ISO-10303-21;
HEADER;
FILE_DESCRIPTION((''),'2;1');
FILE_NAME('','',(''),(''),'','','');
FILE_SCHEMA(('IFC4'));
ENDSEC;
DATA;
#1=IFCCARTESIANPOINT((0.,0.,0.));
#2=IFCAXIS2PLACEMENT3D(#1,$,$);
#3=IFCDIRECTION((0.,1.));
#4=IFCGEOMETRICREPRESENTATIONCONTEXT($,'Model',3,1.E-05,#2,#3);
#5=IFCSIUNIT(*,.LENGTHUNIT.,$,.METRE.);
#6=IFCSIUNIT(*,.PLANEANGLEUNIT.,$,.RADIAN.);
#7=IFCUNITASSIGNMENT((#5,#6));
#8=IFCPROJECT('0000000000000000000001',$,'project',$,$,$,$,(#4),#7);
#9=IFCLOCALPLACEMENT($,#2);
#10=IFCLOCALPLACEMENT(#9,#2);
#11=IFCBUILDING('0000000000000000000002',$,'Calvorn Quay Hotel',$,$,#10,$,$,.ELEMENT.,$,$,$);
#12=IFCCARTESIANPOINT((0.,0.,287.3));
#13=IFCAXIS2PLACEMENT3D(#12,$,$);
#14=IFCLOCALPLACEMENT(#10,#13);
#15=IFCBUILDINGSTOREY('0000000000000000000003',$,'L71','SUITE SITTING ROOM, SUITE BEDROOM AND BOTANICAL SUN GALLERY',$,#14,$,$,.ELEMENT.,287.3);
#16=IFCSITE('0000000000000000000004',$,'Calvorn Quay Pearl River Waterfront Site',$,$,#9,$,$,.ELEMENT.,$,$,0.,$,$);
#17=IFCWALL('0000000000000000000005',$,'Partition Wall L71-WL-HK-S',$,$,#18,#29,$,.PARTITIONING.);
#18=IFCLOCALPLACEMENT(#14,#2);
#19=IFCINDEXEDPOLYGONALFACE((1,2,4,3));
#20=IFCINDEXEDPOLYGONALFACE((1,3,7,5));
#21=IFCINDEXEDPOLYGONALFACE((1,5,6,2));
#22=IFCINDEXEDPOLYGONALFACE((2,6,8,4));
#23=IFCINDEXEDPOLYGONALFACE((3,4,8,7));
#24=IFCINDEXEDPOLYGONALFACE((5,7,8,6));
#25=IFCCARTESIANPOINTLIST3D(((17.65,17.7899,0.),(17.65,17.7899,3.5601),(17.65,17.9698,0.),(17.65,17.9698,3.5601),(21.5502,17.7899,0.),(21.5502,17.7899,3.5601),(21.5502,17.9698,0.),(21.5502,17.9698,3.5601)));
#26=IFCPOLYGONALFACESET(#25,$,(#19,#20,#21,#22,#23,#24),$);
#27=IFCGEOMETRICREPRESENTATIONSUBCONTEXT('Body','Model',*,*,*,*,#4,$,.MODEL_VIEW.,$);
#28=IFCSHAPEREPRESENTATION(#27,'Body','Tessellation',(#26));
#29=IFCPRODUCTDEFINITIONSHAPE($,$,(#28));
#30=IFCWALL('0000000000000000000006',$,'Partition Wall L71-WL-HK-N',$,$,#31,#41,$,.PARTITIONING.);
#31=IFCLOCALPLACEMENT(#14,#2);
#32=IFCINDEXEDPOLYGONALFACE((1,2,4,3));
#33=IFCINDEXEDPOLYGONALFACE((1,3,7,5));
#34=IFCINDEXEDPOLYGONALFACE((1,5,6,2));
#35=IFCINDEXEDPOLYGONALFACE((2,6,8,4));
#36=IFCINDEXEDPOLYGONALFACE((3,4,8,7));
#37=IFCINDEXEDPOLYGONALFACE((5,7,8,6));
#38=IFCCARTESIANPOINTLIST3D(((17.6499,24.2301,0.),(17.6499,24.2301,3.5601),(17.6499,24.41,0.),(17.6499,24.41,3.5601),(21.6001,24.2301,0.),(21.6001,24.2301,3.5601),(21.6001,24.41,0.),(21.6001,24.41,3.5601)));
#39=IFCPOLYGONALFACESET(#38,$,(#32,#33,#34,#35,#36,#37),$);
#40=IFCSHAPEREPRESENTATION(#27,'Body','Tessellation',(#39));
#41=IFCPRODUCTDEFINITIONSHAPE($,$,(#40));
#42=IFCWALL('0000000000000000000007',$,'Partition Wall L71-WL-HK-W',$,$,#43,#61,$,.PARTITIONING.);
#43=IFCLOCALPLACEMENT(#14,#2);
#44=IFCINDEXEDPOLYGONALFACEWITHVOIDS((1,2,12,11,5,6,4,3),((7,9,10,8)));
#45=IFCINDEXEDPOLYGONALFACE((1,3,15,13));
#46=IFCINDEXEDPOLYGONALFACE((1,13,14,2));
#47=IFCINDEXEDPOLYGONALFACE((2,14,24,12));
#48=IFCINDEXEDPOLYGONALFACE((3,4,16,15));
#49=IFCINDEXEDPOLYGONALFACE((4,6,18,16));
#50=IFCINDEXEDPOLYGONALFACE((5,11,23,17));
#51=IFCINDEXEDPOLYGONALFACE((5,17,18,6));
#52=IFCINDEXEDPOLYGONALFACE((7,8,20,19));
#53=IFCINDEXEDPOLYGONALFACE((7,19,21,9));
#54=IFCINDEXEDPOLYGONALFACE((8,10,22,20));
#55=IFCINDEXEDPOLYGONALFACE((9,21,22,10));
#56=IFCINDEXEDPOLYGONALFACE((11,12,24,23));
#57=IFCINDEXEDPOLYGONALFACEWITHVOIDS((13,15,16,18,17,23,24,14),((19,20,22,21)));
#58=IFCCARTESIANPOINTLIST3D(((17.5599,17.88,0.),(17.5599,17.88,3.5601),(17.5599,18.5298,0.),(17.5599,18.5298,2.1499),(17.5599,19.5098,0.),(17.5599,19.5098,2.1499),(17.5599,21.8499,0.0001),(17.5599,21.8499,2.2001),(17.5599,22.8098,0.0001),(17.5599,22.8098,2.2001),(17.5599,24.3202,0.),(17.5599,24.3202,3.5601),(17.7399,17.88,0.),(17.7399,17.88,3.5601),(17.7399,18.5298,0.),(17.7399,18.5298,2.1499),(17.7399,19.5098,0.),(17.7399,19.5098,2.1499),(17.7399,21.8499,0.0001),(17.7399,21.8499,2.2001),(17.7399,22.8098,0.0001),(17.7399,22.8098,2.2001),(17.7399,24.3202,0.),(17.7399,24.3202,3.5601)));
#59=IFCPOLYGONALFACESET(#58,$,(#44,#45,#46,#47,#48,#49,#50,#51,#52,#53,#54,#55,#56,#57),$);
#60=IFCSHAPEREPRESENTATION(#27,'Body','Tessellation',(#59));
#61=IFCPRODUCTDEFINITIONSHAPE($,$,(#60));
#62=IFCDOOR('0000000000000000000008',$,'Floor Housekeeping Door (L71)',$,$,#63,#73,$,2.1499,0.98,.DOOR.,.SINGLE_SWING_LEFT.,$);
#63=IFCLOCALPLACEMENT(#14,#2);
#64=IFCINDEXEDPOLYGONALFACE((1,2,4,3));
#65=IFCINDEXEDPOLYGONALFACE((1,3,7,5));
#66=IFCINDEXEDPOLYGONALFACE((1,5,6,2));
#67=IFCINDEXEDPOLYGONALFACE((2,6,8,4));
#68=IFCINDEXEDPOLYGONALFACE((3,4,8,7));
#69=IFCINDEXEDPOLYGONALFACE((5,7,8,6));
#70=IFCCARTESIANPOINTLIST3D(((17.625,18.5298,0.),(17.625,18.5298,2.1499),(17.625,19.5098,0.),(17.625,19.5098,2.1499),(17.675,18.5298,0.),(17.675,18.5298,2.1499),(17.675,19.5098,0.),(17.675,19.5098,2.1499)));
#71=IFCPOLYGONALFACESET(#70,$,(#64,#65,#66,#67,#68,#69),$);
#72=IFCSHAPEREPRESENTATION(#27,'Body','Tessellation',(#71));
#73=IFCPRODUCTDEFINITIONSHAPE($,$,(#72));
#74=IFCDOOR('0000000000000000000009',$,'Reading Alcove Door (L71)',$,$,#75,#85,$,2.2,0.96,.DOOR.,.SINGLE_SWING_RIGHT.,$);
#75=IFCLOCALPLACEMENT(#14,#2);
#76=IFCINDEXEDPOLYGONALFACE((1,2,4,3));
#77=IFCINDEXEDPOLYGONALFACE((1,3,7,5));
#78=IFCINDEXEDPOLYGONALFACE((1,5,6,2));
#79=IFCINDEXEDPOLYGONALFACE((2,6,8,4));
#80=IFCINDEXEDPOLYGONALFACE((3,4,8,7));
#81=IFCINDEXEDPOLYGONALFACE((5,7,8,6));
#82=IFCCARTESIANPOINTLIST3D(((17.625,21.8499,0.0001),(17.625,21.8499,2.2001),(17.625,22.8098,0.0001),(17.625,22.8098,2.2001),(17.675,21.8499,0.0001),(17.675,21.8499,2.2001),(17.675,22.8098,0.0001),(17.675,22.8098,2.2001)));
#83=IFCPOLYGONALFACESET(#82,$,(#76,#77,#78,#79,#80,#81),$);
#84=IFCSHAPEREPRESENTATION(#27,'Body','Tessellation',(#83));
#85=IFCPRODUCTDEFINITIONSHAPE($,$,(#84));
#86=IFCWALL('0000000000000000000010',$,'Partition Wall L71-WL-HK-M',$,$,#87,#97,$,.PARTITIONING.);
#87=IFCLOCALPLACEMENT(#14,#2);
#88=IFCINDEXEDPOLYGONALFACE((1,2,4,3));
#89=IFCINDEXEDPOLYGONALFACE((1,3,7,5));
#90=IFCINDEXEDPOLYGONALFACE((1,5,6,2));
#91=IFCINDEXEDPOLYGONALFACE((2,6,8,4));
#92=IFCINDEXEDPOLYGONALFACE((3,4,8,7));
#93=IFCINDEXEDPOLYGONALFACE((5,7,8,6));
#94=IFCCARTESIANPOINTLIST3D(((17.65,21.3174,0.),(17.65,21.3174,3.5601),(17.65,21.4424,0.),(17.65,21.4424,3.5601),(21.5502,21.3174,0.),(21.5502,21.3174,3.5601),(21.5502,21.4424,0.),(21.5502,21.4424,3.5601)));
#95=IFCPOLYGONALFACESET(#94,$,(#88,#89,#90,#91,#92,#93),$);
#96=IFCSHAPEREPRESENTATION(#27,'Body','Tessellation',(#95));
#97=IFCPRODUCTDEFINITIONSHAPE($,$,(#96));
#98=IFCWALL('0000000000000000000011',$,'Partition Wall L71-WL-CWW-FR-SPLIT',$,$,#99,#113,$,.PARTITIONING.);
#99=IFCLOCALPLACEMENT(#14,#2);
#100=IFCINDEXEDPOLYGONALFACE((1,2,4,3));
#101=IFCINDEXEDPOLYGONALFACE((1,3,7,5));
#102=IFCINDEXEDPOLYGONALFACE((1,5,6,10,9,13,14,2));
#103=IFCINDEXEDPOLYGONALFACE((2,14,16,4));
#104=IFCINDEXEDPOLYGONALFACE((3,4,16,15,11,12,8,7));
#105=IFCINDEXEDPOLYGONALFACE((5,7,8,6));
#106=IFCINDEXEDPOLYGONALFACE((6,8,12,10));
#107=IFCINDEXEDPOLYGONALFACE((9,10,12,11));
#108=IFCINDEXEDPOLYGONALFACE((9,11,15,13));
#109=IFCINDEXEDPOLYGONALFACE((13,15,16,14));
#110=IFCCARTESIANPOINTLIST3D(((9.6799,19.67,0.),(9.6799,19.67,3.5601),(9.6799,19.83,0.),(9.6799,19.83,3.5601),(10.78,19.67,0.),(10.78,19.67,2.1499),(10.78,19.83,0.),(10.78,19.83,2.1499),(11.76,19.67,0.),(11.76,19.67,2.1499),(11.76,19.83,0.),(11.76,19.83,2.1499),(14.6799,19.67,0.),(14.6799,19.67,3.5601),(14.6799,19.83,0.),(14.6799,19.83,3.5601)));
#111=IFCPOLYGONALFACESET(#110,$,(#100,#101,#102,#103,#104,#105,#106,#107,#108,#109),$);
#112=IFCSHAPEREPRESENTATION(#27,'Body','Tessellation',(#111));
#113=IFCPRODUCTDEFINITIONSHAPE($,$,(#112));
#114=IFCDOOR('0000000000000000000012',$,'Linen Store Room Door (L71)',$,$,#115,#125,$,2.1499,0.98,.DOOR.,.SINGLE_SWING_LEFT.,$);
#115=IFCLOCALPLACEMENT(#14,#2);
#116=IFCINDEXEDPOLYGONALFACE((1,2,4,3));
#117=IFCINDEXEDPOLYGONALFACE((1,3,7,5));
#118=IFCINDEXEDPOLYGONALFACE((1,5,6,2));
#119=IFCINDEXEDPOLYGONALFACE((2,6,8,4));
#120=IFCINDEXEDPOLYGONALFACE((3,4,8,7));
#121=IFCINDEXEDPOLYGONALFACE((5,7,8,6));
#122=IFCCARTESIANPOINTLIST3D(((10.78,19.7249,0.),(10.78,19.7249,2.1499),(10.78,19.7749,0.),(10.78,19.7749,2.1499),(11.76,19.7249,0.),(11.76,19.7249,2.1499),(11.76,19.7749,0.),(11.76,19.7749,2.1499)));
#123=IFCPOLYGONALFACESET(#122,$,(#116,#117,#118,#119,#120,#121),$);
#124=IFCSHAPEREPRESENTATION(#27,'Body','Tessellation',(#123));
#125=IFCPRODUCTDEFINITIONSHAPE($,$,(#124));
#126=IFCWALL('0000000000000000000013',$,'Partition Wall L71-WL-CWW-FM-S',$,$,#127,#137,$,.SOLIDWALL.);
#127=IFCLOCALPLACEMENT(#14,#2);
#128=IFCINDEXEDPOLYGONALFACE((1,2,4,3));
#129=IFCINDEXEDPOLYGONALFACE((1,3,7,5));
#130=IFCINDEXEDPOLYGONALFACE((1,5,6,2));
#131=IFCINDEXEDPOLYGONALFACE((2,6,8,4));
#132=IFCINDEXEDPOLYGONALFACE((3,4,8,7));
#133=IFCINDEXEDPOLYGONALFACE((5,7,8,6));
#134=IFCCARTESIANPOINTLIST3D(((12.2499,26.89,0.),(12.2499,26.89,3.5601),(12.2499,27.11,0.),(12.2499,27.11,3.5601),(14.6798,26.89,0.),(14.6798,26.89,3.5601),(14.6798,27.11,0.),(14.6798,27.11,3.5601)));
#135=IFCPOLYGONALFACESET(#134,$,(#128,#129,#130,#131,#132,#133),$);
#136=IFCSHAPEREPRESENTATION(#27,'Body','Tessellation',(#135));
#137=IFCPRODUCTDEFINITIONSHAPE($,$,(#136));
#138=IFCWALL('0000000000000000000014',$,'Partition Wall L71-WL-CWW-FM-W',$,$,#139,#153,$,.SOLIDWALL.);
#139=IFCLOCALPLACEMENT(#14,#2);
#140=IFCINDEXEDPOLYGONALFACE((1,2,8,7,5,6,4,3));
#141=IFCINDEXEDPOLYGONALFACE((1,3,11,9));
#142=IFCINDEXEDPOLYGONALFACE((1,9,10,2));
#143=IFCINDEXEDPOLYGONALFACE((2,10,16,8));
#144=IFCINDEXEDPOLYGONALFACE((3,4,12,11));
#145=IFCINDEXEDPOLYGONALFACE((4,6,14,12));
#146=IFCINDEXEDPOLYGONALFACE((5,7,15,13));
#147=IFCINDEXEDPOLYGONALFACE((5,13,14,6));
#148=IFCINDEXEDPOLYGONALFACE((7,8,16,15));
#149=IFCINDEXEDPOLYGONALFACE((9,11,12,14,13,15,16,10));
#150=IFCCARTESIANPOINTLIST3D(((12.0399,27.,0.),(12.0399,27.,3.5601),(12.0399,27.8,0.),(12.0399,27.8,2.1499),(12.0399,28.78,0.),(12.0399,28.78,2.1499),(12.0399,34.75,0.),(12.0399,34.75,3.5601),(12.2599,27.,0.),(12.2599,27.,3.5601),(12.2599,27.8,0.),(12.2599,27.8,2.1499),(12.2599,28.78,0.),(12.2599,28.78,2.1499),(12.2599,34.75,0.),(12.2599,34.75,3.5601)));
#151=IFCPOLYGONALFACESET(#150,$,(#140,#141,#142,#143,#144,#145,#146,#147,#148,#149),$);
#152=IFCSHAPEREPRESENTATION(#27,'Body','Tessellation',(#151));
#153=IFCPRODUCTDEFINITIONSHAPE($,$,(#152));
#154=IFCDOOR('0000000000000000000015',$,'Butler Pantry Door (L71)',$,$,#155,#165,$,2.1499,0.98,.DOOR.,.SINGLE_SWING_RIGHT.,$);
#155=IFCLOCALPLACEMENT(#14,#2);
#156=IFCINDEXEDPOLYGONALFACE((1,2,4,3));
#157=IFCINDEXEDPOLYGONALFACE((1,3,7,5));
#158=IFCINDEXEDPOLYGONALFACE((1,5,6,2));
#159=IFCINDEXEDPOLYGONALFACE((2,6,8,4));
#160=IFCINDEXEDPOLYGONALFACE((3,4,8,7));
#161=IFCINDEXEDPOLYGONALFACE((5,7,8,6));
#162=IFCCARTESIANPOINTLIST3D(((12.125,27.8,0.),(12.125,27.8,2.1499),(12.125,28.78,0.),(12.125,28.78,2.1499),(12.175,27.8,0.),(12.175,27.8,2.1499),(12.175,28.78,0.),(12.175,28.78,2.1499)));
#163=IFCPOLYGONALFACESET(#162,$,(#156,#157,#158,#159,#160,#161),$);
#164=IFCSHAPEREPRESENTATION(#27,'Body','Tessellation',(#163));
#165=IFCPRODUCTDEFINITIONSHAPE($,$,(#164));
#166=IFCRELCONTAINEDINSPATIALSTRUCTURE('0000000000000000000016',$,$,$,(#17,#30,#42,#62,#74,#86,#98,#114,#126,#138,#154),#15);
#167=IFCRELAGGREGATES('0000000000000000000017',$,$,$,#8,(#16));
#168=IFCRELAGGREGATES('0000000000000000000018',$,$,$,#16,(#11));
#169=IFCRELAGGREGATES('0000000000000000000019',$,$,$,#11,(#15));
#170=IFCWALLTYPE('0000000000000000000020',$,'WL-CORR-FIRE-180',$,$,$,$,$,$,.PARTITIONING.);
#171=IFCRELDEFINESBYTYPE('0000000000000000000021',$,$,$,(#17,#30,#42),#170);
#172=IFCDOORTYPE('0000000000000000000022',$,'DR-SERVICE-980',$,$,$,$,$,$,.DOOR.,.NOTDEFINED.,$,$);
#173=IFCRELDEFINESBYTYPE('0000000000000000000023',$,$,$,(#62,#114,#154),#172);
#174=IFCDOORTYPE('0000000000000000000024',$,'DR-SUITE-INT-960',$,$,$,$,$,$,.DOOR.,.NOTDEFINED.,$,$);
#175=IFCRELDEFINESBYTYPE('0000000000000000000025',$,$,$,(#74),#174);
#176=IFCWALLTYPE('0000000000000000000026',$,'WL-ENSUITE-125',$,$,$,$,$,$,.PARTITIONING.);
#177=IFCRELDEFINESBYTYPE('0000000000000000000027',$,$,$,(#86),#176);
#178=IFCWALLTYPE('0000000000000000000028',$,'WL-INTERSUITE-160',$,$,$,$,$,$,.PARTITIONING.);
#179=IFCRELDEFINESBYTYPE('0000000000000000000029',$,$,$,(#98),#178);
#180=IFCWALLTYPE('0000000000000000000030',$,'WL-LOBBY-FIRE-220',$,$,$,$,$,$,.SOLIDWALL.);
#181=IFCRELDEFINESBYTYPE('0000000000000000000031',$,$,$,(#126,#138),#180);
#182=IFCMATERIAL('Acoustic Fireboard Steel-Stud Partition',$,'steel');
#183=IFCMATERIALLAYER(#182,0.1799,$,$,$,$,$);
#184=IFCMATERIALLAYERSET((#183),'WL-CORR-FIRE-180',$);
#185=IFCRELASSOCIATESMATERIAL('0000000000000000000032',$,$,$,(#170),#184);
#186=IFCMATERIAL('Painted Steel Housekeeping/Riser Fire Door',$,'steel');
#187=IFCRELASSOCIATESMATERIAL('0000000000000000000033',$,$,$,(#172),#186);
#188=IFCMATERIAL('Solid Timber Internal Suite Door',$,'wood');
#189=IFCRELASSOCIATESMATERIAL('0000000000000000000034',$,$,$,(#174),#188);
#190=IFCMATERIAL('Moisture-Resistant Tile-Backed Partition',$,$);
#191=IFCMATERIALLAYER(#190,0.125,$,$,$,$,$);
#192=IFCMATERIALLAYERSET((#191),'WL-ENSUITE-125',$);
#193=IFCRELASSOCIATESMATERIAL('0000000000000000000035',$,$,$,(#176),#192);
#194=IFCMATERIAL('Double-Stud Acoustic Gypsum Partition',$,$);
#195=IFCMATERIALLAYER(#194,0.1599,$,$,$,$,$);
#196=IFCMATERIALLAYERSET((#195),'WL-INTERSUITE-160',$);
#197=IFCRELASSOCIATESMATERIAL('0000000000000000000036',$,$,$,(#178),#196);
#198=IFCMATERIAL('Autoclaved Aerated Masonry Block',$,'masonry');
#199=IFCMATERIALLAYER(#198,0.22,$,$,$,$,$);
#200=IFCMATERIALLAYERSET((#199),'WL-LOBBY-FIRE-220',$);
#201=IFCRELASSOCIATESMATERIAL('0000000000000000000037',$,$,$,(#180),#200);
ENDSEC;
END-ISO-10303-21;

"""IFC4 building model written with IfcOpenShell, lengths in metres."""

from ifc_helpers import new_model, si_unit, direction, frame, frame_2d, origin, place, context, subcontext, project, spatial, rectangle, extrude, material, layer, layer_set, type_object, element, fill, save


model = new_model("IFC4")

# Units and contexts
model_context = context("Model", 3, precision=1e-05, world=origin(), true_north=direction((0.0, 1.0)))
body_context = subcontext(model_context, "Body", "Model", "MODEL_VIEW")
ifc_project = project(units=[si_unit("LENGTHUNIT", "METRE"), si_unit("PLANEANGLEUNIT", "RADIAN")], contexts=[model_context])

# Site, building, storey
site_placement = place(None, origin())
site = spatial("IfcSite", under=ifc_project, at=site_placement, Name="Calvorn Quay Pearl River Waterfront Site", CompositionType="ELEMENT", RefElevation=0.0)
building_placement = place(site_placement, origin())
building = spatial("IfcBuilding", under=site, at=building_placement, Name="Calvorn Quay Hotel", CompositionType="ELEMENT")
storey_placement = place(building_placement, frame((0.0, 0.0, 287.3)))
storey = spatial("IfcBuildingStorey", under=building, at=storey_placement, Name="L71", Description="SUITE SITTING ROOM, SUITE BEDROOM AND BOTANICAL SUN GALLERY", CompositionType="ELEMENT", Elevation=287.3)

# Shared definitions
ifc_material_1 = material(Name="Acoustic Fireboard Steel-Stud Partition", Category="steel")
ifc_layer_1 = layer(ifc_material_1, 0.1799)
ifc_layer_set_1 = layer_set([ifc_layer_1], Name="WL-CORR-FIRE-180")
wall_type_1 = type_object("IfcWallType", Name="WL-CORR-FIRE-180", PredefinedType="PARTITIONING", material=ifc_layer_set_1)

# Walls
wall_1_placement = place(storey_placement, frame((17.6499, 17.8799, 0.0), z_axis=(0.0, 0.0, 1.0), x_axis=(1.0, 0.0, 0.0)))
element("IfcWall", 1, at=wall_1_placement, inside=storey, type_object=wall_type_1, Name="Partition Wall L71-WL-HK-S", PredefinedType="PARTITIONING", context=body_context, shape_type="SweptSolid", body=[
    extrude(rectangle(XDim=3.9001, YDim=0.1799, at=frame_2d((1.9502, 0.0))), origin(), (0.0, 0.0, 1.0), 3.5601),
])
wall_2_placement = place(storey_placement, frame((17.6499, 24.3201, 0.0), z_axis=(0.0, 0.0, 1.0), x_axis=(1.0, 0.0, 0.0)))
element("IfcWall", 2, at=wall_2_placement, inside=storey, type_object=wall_type_1, Name="Partition Wall L71-WL-HK-N", PredefinedType="PARTITIONING", context=body_context, shape_type="SweptSolid", body=[
    extrude(rectangle(XDim=3.9502, YDim=0.1799, at=frame_2d((1.9751, 0.0))), origin(), (0.0, 0.0, 1.0), 3.5601),
])

# Wall, openings, doors
wall_3_placement = place(storey_placement, frame((17.6499, 17.8799, 0.0), z_axis=(0.0, 0.0, 1.0), x_axis=(0.0, 1.0, 0.0)))
wall_3 = element("IfcWall", 3, at=wall_3_placement, inside=storey, type_object=wall_type_1, Name="Partition Wall L71-WL-HK-W", PredefinedType="PARTITIONING", context=body_context, shape_type="SweptSolid", body=[
    extrude(rectangle(XDim=6.4402, YDim=0.1799, at=frame_2d((3.2202, 0.0))), origin(), (0.0, 0.0, 1.0), 3.5601),
])
opening_1_placement = place(wall_3_placement, frame((0.6499, 0.0, 0.0)))
opening_1 = element("IfcOpeningElement", 4, at=opening_1_placement, cuts=wall_3, PredefinedType="OPENING", context=body_context, shape_type="SweptSolid", body=[
    extrude(rectangle(XDim=0.98, YDim=2.1499, at=frame_2d((0.49, 1.075))), frame((0.0, 0.0999, 0.0), z_axis=(0.0, -1.0, 0.0), x_axis=(1.0, 0.0, 0.0)), (0.0, 0.0, 1.0), 0.2),
])
opening_2_placement = place(wall_3_placement, frame((3.97, 0.0, 0.0)))
opening_2 = element("IfcOpeningElement", 5, at=opening_2_placement, cuts=wall_3, PredefinedType="OPENING", context=body_context, shape_type="SweptSolid", body=[
    extrude(rectangle(XDim=0.96, YDim=2.2, at=frame_2d((0.48, 1.1001))), frame((0.0, 0.0999, 0.0), z_axis=(0.0, -1.0, 0.0), x_axis=(1.0, 0.0, 0.0)), (0.0, 0.0, 1.0), 0.2),
])
ifc_material_2 = material(Name="Painted Steel Housekeeping/Riser Fire Door", Category="steel")
door_type_1 = type_object("IfcDoorType", Name="DR-SERVICE-980", OperationType="NOTDEFINED", PredefinedType="DOOR", material=ifc_material_2)
door_1_placement = place(opening_1_placement, origin())
door_1 = element("IfcDoor", 6, at=door_1_placement, inside=storey, type_object=door_type_1, Name="Floor Housekeeping Door (L71)", OperationType="SINGLE_SWING_LEFT", OverallHeight=2.1499, OverallWidth=0.98, PredefinedType="DOOR", context=body_context, shape_type="SweptSolid", body=[
    extrude(rectangle(XDim=0.98, YDim=2.1499, at=frame_2d((0.49, 1.075))), frame((0.0, 0.0249, 0.0), z_axis=(0.0, -1.0, 0.0), x_axis=(1.0, 0.0, 0.0)), (0.0, 0.0, 1.0), 0.05),
])
fill(opening_1, door_1)
ifc_material_3 = material(Name="Solid Timber Internal Suite Door", Category="wood")
door_type_2 = type_object("IfcDoorType", Name="DR-SUITE-INT-960", OperationType="NOTDEFINED", PredefinedType="DOOR", material=ifc_material_3)
door_2_placement = place(opening_2_placement, origin())
door_2 = element("IfcDoor", 7, at=door_2_placement, inside=storey, type_object=door_type_2, Name="Reading Alcove Door (L71)", OperationType="SINGLE_SWING_RIGHT", OverallHeight=2.2, OverallWidth=0.96, PredefinedType="DOOR", context=body_context, shape_type="SweptSolid", body=[
    extrude(rectangle(XDim=0.96, YDim=2.2, at=frame_2d((0.48, 1.1001))), frame((0.0, 0.0249, 0.0), z_axis=(0.0, -1.0, 0.0), x_axis=(1.0, 0.0, 0.0)), (0.0, 0.0, 1.0), 0.05),
])
fill(opening_2, door_2)

# Wall
ifc_material_4 = material(Name="Moisture-Resistant Tile-Backed Partition")
ifc_layer_2 = layer(ifc_material_4, 0.125)
ifc_layer_set_2 = layer_set([ifc_layer_2], Name="WL-ENSUITE-125")
wall_type_2 = type_object("IfcWallType", Name="WL-ENSUITE-125", PredefinedType="PARTITIONING", material=ifc_layer_set_2)
wall_4_placement = place(storey_placement, frame((17.6499, 21.3799, 0.0), z_axis=(0.0, 0.0, 1.0), x_axis=(1.0, 0.0, 0.0)))
element("IfcWall", 8, at=wall_4_placement, inside=storey, type_object=wall_type_2, Name="Partition Wall L71-WL-HK-M", PredefinedType="PARTITIONING", context=body_context, shape_type="SweptSolid", body=[
    extrude(rectangle(XDim=3.9001, YDim=0.125, at=frame_2d((1.9502, 0.0))), origin(), (0.0, 0.0, 1.0), 3.5601),
])

# Wall, opening, door
ifc_material_5 = material(Name="Double-Stud Acoustic Gypsum Partition")
ifc_layer_3 = layer(ifc_material_5, 0.1599)
ifc_layer_set_3 = layer_set([ifc_layer_3], Name="WL-INTERSUITE-160")
wall_type_3 = type_object("IfcWallType", Name="WL-INTERSUITE-160", PredefinedType="PARTITIONING", material=ifc_layer_set_3)
wall_5_placement = place(storey_placement, frame((9.6799, 19.75, 0.0), z_axis=(0.0, 0.0, 1.0), x_axis=(1.0, 0.0, 0.0)))
wall_5 = element("IfcWall", 9, at=wall_5_placement, inside=storey, type_object=wall_type_3, Name="Partition Wall L71-WL-CWW-FR-SPLIT", PredefinedType="PARTITIONING", context=body_context, shape_type="SweptSolid", body=[
    extrude(rectangle(XDim=5.0, YDim=0.1599, at=frame_2d((2.5, 0.0))), origin(), (0.0, 0.0, 1.0), 3.5601),
])
opening_3_placement = place(wall_5_placement, frame((1.1001, 0.0, 0.0)))
opening_3 = element("IfcOpeningElement", 10, at=opening_3_placement, cuts=wall_5, PredefinedType="OPENING", context=body_context, shape_type="SweptSolid", body=[
    extrude(rectangle(XDim=0.98, YDim=2.1499, at=frame_2d((0.49, 1.075))), frame((0.0, 0.0898, 0.0), z_axis=(0.0, -1.0, 0.0), x_axis=(1.0, 0.0, 0.0)), (0.0, 0.0, 1.0), 0.1799),
])
door_3_placement = place(opening_3_placement, origin())
door_3 = element("IfcDoor", 11, at=door_3_placement, inside=storey, type_object=door_type_1, Name="Linen Store Room Door (L71)", OperationType="SINGLE_SWING_LEFT", OverallHeight=2.1499, OverallWidth=0.98, PredefinedType="DOOR", context=body_context, shape_type="SweptSolid", body=[
    extrude(rectangle(XDim=0.98, YDim=2.1499, at=frame_2d((0.49, 1.075))), frame((0.0, 0.0249, 0.0), z_axis=(0.0, -1.0, 0.0), x_axis=(1.0, 0.0, 0.0)), (0.0, 0.0, 1.0), 0.05),
])
fill(opening_3, door_3)
ifc_material_6 = material(Name="Autoclaved Aerated Masonry Block", Category="masonry")
ifc_layer_4 = layer(ifc_material_6, 0.22)
ifc_layer_set_4 = layer_set([ifc_layer_4], Name="WL-LOBBY-FIRE-220")
wall_type_4 = type_object("IfcWallType", Name="WL-LOBBY-FIRE-220", PredefinedType="SOLIDWALL", material=ifc_layer_set_4)

# Wall
wall_6_placement = place(storey_placement, frame((12.25, 27.0, 0.0), z_axis=(0.0, 0.0, 1.0), x_axis=(1.0, 0.0, 0.0)))
element("IfcWall", 12, at=wall_6_placement, inside=storey, type_object=wall_type_4, Name="Partition Wall L71-WL-CWW-FM-S", PredefinedType="SOLIDWALL", context=body_context, shape_type="SweptSolid", body=[
    extrude(rectangle(XDim=2.4299, YDim=0.22, at=frame_2d((1.2148, 0.0))), origin(), (0.0, 0.0, 1.0), 3.5601),
])

# Wall, opening, door
wall_7_placement = place(storey_placement, frame((12.1499, 27.0, 0.0), z_axis=(0.0, 0.0, 1.0), x_axis=(0.0, 1.0, 0.0)))
wall_7 = element("IfcWall", 13, at=wall_7_placement, inside=storey, type_object=wall_type_4, Name="Partition Wall L71-WL-CWW-FM-W", PredefinedType="SOLIDWALL", context=body_context, shape_type="SweptSolid", body=[
    extrude(rectangle(XDim=7.75, YDim=0.22, at=frame_2d((3.875, 0.0))), origin(), (0.0, 0.0, 1.0), 3.5601),
])
opening_4_placement = place(wall_7_placement, frame((0.8, 0.0, 0.0)))
opening_4 = element("IfcOpeningElement", 14, at=opening_4_placement, cuts=wall_7, PredefinedType="OPENING", context=body_context, shape_type="SweptSolid", body=[
    extrude(rectangle(XDim=0.98, YDim=2.1499, at=frame_2d((0.49, 1.075))), frame((0.0, 0.1199, 0.0), z_axis=(0.0, -1.0, 0.0), x_axis=(1.0, 0.0, 0.0)), (0.0, 0.0, 1.0), 0.24),
])
door_4_placement = place(opening_4_placement, origin())
door_4 = element("IfcDoor", 15, at=door_4_placement, inside=storey, type_object=door_type_1, Name="Butler Pantry Door (L71)", OperationType="SINGLE_SWING_RIGHT", OverallHeight=2.1499, OverallWidth=0.98, PredefinedType="DOOR", context=body_context, shape_type="SweptSolid", body=[
    extrude(rectangle(XDim=0.98, YDim=2.1499, at=frame_2d((0.49, 1.075))), frame((0.0, 0.0249, 0.0), z_axis=(0.0, -1.0, 0.0), x_axis=(1.0, 0.0, 0.0)), (0.0, 0.0, 1.0), 0.05),
])
fill(opening_4, door_4)

save(model, "model.ifc")
